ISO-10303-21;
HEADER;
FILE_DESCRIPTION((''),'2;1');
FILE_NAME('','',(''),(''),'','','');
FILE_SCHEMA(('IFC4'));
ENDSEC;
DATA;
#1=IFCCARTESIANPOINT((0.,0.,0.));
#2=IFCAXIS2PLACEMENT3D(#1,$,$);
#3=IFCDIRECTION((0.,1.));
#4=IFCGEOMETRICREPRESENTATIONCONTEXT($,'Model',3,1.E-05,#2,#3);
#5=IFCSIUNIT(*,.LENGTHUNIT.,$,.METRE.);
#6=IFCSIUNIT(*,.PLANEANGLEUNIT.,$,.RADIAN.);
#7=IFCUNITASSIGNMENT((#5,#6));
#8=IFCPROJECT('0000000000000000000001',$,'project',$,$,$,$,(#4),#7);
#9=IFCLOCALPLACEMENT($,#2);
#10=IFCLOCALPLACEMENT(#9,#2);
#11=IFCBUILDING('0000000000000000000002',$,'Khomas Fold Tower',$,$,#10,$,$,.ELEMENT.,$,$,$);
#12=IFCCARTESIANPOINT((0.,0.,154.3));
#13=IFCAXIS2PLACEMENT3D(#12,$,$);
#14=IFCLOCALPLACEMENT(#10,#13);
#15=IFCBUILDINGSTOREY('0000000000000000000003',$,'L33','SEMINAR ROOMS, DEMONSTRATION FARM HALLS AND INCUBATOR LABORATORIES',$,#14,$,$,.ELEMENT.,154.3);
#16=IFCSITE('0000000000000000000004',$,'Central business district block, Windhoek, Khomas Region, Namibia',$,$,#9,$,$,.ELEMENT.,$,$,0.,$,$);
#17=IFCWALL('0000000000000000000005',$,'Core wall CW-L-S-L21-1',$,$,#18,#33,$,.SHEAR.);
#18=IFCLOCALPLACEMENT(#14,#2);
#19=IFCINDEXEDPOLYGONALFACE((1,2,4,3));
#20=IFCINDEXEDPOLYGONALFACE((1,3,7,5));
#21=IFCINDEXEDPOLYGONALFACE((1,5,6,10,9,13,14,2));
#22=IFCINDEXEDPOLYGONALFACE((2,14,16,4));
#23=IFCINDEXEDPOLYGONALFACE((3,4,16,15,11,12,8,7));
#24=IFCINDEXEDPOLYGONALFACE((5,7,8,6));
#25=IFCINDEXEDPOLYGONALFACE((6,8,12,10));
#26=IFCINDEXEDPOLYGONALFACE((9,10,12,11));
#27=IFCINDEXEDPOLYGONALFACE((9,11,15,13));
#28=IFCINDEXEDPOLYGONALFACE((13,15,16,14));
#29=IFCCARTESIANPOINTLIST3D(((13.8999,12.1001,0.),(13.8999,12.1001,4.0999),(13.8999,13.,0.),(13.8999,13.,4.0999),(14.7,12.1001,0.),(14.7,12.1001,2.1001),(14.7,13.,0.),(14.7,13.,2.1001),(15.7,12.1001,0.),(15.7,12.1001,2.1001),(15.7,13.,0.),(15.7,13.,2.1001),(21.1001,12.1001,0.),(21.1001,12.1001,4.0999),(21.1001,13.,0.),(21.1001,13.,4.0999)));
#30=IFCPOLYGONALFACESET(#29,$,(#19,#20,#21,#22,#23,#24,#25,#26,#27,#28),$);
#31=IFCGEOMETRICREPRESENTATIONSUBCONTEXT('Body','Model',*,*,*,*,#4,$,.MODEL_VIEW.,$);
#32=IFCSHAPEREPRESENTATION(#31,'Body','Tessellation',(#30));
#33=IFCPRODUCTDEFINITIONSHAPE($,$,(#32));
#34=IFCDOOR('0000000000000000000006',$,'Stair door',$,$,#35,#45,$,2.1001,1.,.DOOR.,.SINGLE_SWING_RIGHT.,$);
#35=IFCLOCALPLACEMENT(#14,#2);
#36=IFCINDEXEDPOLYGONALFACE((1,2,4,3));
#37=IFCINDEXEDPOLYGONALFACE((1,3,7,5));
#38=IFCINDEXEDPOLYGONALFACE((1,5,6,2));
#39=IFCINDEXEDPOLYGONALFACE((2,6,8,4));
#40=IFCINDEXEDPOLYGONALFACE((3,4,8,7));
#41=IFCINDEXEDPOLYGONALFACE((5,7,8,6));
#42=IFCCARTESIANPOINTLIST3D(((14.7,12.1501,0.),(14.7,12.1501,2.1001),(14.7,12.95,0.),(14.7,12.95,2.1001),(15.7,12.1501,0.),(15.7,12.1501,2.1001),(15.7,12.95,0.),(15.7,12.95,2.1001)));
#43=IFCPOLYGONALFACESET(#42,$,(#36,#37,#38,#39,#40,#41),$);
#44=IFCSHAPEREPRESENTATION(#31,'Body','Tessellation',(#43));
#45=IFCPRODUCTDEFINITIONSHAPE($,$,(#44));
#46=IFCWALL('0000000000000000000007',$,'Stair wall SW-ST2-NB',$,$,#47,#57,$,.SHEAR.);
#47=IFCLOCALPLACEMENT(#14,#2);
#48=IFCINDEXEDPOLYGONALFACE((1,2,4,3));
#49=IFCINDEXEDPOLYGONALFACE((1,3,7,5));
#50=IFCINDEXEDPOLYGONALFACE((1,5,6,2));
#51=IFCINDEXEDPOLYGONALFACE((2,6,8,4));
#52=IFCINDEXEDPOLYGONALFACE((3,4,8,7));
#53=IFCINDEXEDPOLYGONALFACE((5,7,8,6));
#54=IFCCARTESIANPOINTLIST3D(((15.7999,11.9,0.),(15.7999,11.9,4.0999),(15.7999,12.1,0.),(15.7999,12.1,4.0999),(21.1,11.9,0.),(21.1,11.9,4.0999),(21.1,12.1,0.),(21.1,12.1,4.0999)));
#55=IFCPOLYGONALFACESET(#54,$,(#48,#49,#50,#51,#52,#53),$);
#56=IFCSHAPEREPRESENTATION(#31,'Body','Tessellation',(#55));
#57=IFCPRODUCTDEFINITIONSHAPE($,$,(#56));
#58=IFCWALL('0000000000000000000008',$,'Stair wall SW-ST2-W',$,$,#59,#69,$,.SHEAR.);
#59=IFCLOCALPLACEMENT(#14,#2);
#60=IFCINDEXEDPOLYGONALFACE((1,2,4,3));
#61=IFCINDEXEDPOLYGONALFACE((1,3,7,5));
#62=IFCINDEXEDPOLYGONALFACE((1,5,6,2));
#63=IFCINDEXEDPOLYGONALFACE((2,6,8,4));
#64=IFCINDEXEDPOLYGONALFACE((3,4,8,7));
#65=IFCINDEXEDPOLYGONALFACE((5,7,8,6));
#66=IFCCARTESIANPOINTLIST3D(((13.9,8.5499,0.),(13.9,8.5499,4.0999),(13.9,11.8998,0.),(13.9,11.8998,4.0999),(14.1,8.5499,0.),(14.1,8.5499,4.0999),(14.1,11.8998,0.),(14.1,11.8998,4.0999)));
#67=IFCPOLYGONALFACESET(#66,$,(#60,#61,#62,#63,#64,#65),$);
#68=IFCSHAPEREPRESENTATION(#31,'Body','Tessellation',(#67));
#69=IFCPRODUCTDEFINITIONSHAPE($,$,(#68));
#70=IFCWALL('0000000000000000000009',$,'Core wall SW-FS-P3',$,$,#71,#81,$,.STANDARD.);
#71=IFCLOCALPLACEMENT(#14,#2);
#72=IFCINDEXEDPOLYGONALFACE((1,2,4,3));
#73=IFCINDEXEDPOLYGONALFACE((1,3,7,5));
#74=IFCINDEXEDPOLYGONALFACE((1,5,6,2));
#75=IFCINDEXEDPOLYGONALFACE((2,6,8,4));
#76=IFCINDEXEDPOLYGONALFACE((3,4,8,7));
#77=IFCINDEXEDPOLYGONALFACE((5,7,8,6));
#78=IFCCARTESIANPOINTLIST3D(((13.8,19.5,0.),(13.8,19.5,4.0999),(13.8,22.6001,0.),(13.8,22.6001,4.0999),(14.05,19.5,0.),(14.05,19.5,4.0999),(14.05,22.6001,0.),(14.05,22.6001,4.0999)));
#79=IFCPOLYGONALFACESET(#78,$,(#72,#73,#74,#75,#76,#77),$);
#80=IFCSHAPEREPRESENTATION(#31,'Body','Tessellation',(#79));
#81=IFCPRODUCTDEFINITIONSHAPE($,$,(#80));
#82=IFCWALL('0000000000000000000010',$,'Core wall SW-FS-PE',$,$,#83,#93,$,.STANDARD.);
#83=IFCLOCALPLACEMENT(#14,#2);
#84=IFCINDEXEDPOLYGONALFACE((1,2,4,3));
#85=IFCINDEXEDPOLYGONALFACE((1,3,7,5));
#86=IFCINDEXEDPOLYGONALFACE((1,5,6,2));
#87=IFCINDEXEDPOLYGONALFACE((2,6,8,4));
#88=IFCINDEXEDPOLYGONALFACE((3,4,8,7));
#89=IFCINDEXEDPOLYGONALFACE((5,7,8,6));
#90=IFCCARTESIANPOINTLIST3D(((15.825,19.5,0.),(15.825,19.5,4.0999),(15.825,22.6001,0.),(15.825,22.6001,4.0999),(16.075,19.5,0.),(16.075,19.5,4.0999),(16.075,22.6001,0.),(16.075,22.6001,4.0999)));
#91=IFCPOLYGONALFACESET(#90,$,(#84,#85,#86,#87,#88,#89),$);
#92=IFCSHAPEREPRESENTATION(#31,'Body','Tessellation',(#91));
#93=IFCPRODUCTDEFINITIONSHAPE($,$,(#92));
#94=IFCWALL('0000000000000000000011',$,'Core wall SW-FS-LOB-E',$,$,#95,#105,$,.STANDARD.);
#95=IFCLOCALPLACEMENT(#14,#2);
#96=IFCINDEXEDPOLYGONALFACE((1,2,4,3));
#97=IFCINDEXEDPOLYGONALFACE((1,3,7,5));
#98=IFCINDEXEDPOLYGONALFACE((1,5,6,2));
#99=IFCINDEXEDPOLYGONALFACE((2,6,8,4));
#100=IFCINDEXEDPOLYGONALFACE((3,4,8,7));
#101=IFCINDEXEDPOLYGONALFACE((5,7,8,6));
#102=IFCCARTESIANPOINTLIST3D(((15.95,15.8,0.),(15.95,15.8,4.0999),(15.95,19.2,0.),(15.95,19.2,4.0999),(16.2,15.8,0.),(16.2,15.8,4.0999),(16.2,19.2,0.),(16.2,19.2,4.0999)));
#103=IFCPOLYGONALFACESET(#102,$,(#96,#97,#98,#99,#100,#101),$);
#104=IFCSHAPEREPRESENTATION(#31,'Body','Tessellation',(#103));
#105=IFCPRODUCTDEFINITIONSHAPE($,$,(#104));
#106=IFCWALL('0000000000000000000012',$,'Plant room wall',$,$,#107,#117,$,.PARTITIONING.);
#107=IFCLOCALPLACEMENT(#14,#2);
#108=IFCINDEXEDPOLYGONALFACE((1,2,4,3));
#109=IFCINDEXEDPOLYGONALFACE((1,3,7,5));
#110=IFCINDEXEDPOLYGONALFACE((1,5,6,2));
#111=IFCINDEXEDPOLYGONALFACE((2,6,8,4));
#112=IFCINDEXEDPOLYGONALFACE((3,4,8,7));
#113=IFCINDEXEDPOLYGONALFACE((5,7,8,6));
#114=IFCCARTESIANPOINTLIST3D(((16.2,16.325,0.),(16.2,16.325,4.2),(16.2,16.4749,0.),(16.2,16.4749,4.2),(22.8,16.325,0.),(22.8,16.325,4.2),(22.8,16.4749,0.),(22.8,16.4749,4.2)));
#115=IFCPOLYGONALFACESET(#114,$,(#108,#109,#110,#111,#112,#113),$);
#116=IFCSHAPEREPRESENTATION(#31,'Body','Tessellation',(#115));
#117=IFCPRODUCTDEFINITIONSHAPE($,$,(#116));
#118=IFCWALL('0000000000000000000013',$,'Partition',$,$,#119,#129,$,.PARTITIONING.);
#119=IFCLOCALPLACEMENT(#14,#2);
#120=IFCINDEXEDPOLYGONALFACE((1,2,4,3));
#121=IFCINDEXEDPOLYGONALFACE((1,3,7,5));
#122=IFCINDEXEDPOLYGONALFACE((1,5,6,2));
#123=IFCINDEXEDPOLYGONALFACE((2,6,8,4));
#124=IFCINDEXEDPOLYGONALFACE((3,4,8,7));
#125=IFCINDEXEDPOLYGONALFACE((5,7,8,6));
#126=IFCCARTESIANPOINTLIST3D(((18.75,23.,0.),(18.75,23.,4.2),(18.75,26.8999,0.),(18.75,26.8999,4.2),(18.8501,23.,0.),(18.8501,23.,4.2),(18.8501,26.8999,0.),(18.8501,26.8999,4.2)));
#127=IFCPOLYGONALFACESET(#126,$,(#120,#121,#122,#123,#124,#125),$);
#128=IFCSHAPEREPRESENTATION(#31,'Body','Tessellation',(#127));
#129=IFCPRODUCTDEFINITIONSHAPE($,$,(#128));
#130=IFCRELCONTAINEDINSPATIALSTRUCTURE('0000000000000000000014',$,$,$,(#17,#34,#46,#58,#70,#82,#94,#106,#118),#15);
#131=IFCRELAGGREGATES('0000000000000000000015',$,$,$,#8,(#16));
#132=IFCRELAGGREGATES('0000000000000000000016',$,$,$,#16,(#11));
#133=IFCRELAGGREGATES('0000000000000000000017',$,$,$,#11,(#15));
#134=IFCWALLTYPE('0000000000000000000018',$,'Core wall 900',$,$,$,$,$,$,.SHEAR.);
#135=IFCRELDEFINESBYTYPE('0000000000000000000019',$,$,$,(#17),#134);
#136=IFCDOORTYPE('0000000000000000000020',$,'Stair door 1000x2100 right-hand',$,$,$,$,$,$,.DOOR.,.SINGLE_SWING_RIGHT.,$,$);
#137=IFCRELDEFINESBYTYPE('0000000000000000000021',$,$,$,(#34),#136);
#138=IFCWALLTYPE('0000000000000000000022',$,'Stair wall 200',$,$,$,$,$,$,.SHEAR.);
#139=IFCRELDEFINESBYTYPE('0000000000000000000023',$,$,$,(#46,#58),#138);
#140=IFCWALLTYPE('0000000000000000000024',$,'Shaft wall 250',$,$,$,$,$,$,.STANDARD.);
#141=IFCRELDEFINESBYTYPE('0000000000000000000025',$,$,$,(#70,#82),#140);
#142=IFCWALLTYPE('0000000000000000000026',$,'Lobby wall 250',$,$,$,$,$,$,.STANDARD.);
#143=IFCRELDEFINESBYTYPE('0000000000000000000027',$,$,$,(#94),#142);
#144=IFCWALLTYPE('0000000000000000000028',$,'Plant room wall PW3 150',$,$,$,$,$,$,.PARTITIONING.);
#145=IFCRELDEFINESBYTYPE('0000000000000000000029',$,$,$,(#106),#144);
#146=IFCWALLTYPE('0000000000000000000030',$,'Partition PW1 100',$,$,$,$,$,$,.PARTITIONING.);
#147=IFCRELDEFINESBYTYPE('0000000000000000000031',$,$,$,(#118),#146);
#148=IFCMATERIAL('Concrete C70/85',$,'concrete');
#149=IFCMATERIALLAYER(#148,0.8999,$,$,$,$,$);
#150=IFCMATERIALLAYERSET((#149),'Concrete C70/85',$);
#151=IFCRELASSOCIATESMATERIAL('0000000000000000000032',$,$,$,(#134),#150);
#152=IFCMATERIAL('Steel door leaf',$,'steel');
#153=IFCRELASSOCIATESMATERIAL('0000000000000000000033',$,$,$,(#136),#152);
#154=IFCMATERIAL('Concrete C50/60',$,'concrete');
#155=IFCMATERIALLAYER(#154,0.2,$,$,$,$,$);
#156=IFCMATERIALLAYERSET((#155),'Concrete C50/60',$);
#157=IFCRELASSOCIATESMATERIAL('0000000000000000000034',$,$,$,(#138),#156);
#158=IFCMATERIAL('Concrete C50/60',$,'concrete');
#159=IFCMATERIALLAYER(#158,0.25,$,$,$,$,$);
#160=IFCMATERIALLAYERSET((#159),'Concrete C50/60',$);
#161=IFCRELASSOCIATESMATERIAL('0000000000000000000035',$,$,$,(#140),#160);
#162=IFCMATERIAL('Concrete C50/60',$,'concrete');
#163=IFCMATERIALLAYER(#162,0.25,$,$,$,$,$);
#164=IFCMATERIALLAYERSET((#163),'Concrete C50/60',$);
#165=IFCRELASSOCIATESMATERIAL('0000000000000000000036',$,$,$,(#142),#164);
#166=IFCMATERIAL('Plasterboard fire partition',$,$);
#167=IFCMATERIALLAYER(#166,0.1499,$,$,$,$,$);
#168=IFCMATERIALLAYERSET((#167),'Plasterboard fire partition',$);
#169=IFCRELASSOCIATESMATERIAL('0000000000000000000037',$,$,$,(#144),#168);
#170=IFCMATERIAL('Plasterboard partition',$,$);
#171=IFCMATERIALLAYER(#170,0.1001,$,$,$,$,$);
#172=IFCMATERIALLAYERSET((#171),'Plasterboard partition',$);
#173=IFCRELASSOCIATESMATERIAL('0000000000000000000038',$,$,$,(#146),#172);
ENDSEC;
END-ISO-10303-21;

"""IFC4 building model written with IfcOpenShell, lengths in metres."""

from ifc_helpers import new_model, si_unit, direction, frame, frame_2d, origin, place, context, subcontext, project, spatial, rectangle, extrude, source, transform, mapped, material, layer, layer_set, type_object, element, fill, save


model = new_model("IFC4")

# Units and contexts
model_context = context("Model", 3, precision=1e-05, world=origin(), true_north=direction((0.0, 1.0)))
body_context = subcontext(model_context, "Body", "Model", "MODEL_VIEW")
ifc_project = project(units=[si_unit("LENGTHUNIT", "METRE"), si_unit("PLANEANGLEUNIT", "RADIAN")], contexts=[model_context])

# Site, building, storey
site_placement = place(None, origin())
site = spatial("IfcSite", under=ifc_project, at=site_placement, Name="Central business district block, Windhoek, Khomas Region, Namibia", CompositionType="ELEMENT", RefElevation=0.0)
building_placement = place(site_placement, origin())
building = spatial("IfcBuilding", under=site, at=building_placement, Name="Khomas Fold Tower", CompositionType="ELEMENT")
storey_placement = place(building_placement, frame((0.0, 0.0, 154.3)))
storey = spatial("IfcBuildingStorey", under=building, at=storey_placement, Name="L33", Description="SEMINAR ROOMS, DEMONSTRATION FARM HALLS AND INCUBATOR LABORATORIES", CompositionType="ELEMENT", Elevation=154.3)

# Wall, opening, door
ifc_material_1 = material(Name="Concrete C70/85", Category="concrete")
ifc_layer_1 = layer(ifc_material_1, 0.8999)
ifc_layer_set_1 = layer_set([ifc_layer_1], Name="Concrete C70/85")
wall_type_1 = type_object("IfcWallType", Name="Core wall 900", PredefinedType="SHEAR", material=ifc_layer_set_1)
shared_shape_1 = source(origin(), body_context, "Body", "SweptSolid", [
    extrude(rectangle(XDim=7.2002, YDim=0.8999, at=frame_2d((3.6001, 0.0))), origin(), (0.0, 0.0, 1.0), 4.0999),
])
wall_1_placement = place(storey_placement, frame((13.8999, 12.55, 0.0), z_axis=(0.0, 0.0, 1.0), x_axis=(1.0, 0.0, 0.0)))
wall_1 = element("IfcWall", 1, at=wall_1_placement, inside=storey, type_object=wall_type_1, Name="Core wall CW-L-S-L21-1", PredefinedType="SHEAR", context=body_context, shape_type="MappedRepresentation", body=[
    mapped(shared_shape_1, transform((0.0, 0.0, 0.0))),
])
shared_shape_2 = source(origin(), body_context, "Body", "SweptSolid", [
    extrude(rectangle(XDim=1.0, YDim=2.1001, at=frame_2d((0.5, 1.05))), frame((0.0, 0.46, 0.0), z_axis=(0.0, -1.0, 0.0), x_axis=(1.0, 0.0, 0.0)), (0.0, 0.0, 1.0), 0.9199),
])
opening_placement = place(wall_1_placement, frame((0.8, 0.0, 0.0)))
opening = element("IfcOpeningElement", 2, at=opening_placement, cuts=wall_1, PredefinedType="OPENING", context=body_context, shape_type="MappedRepresentation", body=[
    mapped(shared_shape_2, transform((0.0, 0.0, 0.0))),
])
ifc_material_2 = material(Name="Steel door leaf", Category="steel")
door_type = type_object("IfcDoorType", Name="Stair door 1000x2100 right-hand", OperationType="SINGLE_SWING_RIGHT", PredefinedType="DOOR", material=ifc_material_2)
shared_shape_3 = source(origin(), body_context, "Body", "SweptSolid", [
    extrude(rectangle(XDim=1.0, YDim=2.1001, at=frame_2d((0.5, 1.05))), frame((0.0, 0.3999, 0.0), z_axis=(0.0, -1.0, 0.0), x_axis=(1.0, 0.0, 0.0)), (0.0, 0.0, 1.0), 0.7998),
])
door_placement = place(opening_placement, origin())
door = element("IfcDoor", 3, at=door_placement, inside=storey, type_object=door_type, Name="Stair door", OperationType="SINGLE_SWING_RIGHT", OverallHeight=2.1001, OverallWidth=1.0, PredefinedType="DOOR", context=body_context, shape_type="MappedRepresentation", body=[
    mapped(shared_shape_3, transform((0.0, 0.0, 0.0))),
])
fill(opening, door)

# Walls
ifc_material_3 = material(Name="Concrete C50/60", Category="concrete")
ifc_layer_2 = layer(ifc_material_3, 0.2)
ifc_layer_set_2 = layer_set([ifc_layer_2], Name="Concrete C50/60")
wall_type_2 = type_object("IfcWallType", Name="Stair wall 200", PredefinedType="SHEAR", material=ifc_layer_set_2)
shared_shape_4 = source(origin(), body_context, "Body", "SweptSolid", [
    extrude(rectangle(XDim=5.3, YDim=0.2, at=frame_2d((2.6499, 0.0))), origin(), (0.0, 0.0, 1.0), 4.0999),
])
wall_2_placement = place(storey_placement, frame((15.8, 12.0, 0.0), z_axis=(0.0, 0.0, 1.0), x_axis=(1.0, 0.0, 0.0)))
element("IfcWall", 4, at=wall_2_placement, inside=storey, type_object=wall_type_2, Name="Stair wall SW-ST2-NB", PredefinedType="SHEAR", context=body_context, shape_type="MappedRepresentation", body=[
    mapped(shared_shape_4, transform((0.0, 0.0, 0.0))),
])
shared_shape_5 = source(origin(), body_context, "Body", "SweptSolid", [
    extrude(rectangle(XDim=3.3499, YDim=0.2, at=frame_2d((1.6748, 0.0))), origin(), (0.0, 0.0, 1.0), 4.0999),
])
wall_3_placement = place(storey_placement, frame((14.0, 8.55, 0.0), z_axis=(0.0, 0.0, 1.0), x_axis=(0.0, 1.0, 0.0)))
element("IfcWall", 5, at=wall_3_placement, inside=storey, type_object=wall_type_2, Name="Stair wall SW-ST2-W", PredefinedType="SHEAR", context=body_context, shape_type="MappedRepresentation", body=[
    mapped(shared_shape_5, transform((0.0, 0.0, 0.0))),
])
ifc_material_4 = material(Name="Concrete C50/60", Category="concrete")
ifc_layer_3 = layer(ifc_material_4, 0.25)
ifc_layer_set_3 = layer_set([ifc_layer_3], Name="Concrete C50/60")
wall_type_3 = type_object("IfcWallType", Name="Shaft wall 250", PredefinedType="STANDARD", material=ifc_layer_set_3)
shared_shape_6 = source(origin(), body_context, "Body", "SweptSolid", [
    extrude(rectangle(XDim=3.1001, YDim=0.25, at=frame_2d((1.55, 0.0))), origin(), (0.0, 0.0, 1.0), 4.0999),
])
for number, where, z_axis, x_axis, name in (
    (6, (13.925, 19.5, 0.0), (0.0, 0.0, 1.0), (0.0, 1.0, 0.0), "Core wall SW-FS-P3"),
    (7, (15.95, 19.5, 0.0), (0.0, 0.0, 1.0), (0.0, 1.0, 0.0), "Core wall SW-FS-PE"),
):
    element("IfcWall", number, at=place(storey_placement, frame(where, z_axis=z_axis, x_axis=x_axis)), inside=storey, type_object=wall_type_3, Name=name, PredefinedType="STANDARD", context=body_context, shape_type="MappedRepresentation", body=[
        mapped(shared_shape_6, transform((0.0, 0.0, 0.0))),
    ])
ifc_material_5 = material(Name="Concrete C50/60", Category="concrete")
ifc_layer_4 = layer(ifc_material_5, 0.25)
ifc_layer_set_4 = layer_set([ifc_layer_4], Name="Concrete C50/60")
wall_type_4 = type_object("IfcWallType", Name="Lobby wall 250", PredefinedType="STANDARD", material=ifc_layer_set_4)
shared_shape_7 = source(origin(), body_context, "Body", "SweptSolid", [
    extrude(rectangle(XDim=3.3999, YDim=0.25, at=frame_2d((1.7, 0.0))), origin(), (0.0, 0.0, 1.0), 4.0999),
])
wall_4_placement = place(storey_placement, frame((16.075, 15.8, 0.0), z_axis=(0.0, 0.0, 1.0), x_axis=(0.0, 1.0, 0.0)))
element("IfcWall", 8, at=wall_4_placement, inside=storey, type_object=wall_type_4, Name="Core wall SW-FS-LOB-E", PredefinedType="STANDARD", context=body_context, shape_type="MappedRepresentation", body=[
    mapped(shared_shape_7, transform((0.0, 0.0, 0.0))),
])
ifc_material_6 = material(Name="Plasterboard fire partition")
ifc_layer_5 = layer(ifc_material_6, 0.1499)
ifc_layer_set_5 = layer_set([ifc_layer_5], Name="Plasterboard fire partition")
wall_type_5 = type_object("IfcWallType", Name="Plant room wall PW3 150", PredefinedType="PARTITIONING", material=ifc_layer_set_5)
shared_shape_8 = source(origin(), body_context, "Body", "SweptSolid", [
    extrude(rectangle(XDim=6.6001, YDim=0.1499, at=frame_2d((3.3, 0.0))), origin(), (0.0, 0.0, 1.0), 4.2),
])
wall_5_placement = place(storey_placement, frame((16.2, 16.3999, 0.0), z_axis=(0.0, 0.0, 1.0), x_axis=(1.0, 0.0, 0.0)))
element("IfcWall", 9, at=wall_5_placement, inside=storey, type_object=wall_type_5, Name="Plant room wall", PredefinedType="PARTITIONING", context=body_context, shape_type="MappedRepresentation", body=[
    mapped(shared_shape_8, transform((0.0, 0.0, 0.0))),
])
ifc_material_7 = material(Name="Plasterboard partition")
ifc_layer_6 = layer(ifc_material_7, 0.1001)
ifc_layer_set_6 = layer_set([ifc_layer_6], Name="Plasterboard partition")
wall_type_6 = type_object("IfcWallType", Name="Partition PW1 100", PredefinedType="PARTITIONING", material=ifc_layer_set_6)
shared_shape_9 = source(origin(), body_context, "Body", "SweptSolid", [
    extrude(rectangle(XDim=3.8999, YDim=0.1001, at=frame_2d((1.95, 0.0))), origin(), (0.0, 0.0, 1.0), 4.2),
])
wall_6_placement = place(storey_placement, frame((18.8, 23.0, 0.0), z_axis=(0.0, 0.0, 1.0), x_axis=(0.0, 1.0, 0.0)))
element("IfcWall", 10, at=wall_6_placement, inside=storey, type_object=wall_type_6, Name="Partition", PredefinedType="PARTITIONING", context=body_context, shape_type="MappedRepresentation", body=[
    mapped(shared_shape_9, transform((0.0, 0.0, 0.0))),
])

save(model, "model.ifc")
